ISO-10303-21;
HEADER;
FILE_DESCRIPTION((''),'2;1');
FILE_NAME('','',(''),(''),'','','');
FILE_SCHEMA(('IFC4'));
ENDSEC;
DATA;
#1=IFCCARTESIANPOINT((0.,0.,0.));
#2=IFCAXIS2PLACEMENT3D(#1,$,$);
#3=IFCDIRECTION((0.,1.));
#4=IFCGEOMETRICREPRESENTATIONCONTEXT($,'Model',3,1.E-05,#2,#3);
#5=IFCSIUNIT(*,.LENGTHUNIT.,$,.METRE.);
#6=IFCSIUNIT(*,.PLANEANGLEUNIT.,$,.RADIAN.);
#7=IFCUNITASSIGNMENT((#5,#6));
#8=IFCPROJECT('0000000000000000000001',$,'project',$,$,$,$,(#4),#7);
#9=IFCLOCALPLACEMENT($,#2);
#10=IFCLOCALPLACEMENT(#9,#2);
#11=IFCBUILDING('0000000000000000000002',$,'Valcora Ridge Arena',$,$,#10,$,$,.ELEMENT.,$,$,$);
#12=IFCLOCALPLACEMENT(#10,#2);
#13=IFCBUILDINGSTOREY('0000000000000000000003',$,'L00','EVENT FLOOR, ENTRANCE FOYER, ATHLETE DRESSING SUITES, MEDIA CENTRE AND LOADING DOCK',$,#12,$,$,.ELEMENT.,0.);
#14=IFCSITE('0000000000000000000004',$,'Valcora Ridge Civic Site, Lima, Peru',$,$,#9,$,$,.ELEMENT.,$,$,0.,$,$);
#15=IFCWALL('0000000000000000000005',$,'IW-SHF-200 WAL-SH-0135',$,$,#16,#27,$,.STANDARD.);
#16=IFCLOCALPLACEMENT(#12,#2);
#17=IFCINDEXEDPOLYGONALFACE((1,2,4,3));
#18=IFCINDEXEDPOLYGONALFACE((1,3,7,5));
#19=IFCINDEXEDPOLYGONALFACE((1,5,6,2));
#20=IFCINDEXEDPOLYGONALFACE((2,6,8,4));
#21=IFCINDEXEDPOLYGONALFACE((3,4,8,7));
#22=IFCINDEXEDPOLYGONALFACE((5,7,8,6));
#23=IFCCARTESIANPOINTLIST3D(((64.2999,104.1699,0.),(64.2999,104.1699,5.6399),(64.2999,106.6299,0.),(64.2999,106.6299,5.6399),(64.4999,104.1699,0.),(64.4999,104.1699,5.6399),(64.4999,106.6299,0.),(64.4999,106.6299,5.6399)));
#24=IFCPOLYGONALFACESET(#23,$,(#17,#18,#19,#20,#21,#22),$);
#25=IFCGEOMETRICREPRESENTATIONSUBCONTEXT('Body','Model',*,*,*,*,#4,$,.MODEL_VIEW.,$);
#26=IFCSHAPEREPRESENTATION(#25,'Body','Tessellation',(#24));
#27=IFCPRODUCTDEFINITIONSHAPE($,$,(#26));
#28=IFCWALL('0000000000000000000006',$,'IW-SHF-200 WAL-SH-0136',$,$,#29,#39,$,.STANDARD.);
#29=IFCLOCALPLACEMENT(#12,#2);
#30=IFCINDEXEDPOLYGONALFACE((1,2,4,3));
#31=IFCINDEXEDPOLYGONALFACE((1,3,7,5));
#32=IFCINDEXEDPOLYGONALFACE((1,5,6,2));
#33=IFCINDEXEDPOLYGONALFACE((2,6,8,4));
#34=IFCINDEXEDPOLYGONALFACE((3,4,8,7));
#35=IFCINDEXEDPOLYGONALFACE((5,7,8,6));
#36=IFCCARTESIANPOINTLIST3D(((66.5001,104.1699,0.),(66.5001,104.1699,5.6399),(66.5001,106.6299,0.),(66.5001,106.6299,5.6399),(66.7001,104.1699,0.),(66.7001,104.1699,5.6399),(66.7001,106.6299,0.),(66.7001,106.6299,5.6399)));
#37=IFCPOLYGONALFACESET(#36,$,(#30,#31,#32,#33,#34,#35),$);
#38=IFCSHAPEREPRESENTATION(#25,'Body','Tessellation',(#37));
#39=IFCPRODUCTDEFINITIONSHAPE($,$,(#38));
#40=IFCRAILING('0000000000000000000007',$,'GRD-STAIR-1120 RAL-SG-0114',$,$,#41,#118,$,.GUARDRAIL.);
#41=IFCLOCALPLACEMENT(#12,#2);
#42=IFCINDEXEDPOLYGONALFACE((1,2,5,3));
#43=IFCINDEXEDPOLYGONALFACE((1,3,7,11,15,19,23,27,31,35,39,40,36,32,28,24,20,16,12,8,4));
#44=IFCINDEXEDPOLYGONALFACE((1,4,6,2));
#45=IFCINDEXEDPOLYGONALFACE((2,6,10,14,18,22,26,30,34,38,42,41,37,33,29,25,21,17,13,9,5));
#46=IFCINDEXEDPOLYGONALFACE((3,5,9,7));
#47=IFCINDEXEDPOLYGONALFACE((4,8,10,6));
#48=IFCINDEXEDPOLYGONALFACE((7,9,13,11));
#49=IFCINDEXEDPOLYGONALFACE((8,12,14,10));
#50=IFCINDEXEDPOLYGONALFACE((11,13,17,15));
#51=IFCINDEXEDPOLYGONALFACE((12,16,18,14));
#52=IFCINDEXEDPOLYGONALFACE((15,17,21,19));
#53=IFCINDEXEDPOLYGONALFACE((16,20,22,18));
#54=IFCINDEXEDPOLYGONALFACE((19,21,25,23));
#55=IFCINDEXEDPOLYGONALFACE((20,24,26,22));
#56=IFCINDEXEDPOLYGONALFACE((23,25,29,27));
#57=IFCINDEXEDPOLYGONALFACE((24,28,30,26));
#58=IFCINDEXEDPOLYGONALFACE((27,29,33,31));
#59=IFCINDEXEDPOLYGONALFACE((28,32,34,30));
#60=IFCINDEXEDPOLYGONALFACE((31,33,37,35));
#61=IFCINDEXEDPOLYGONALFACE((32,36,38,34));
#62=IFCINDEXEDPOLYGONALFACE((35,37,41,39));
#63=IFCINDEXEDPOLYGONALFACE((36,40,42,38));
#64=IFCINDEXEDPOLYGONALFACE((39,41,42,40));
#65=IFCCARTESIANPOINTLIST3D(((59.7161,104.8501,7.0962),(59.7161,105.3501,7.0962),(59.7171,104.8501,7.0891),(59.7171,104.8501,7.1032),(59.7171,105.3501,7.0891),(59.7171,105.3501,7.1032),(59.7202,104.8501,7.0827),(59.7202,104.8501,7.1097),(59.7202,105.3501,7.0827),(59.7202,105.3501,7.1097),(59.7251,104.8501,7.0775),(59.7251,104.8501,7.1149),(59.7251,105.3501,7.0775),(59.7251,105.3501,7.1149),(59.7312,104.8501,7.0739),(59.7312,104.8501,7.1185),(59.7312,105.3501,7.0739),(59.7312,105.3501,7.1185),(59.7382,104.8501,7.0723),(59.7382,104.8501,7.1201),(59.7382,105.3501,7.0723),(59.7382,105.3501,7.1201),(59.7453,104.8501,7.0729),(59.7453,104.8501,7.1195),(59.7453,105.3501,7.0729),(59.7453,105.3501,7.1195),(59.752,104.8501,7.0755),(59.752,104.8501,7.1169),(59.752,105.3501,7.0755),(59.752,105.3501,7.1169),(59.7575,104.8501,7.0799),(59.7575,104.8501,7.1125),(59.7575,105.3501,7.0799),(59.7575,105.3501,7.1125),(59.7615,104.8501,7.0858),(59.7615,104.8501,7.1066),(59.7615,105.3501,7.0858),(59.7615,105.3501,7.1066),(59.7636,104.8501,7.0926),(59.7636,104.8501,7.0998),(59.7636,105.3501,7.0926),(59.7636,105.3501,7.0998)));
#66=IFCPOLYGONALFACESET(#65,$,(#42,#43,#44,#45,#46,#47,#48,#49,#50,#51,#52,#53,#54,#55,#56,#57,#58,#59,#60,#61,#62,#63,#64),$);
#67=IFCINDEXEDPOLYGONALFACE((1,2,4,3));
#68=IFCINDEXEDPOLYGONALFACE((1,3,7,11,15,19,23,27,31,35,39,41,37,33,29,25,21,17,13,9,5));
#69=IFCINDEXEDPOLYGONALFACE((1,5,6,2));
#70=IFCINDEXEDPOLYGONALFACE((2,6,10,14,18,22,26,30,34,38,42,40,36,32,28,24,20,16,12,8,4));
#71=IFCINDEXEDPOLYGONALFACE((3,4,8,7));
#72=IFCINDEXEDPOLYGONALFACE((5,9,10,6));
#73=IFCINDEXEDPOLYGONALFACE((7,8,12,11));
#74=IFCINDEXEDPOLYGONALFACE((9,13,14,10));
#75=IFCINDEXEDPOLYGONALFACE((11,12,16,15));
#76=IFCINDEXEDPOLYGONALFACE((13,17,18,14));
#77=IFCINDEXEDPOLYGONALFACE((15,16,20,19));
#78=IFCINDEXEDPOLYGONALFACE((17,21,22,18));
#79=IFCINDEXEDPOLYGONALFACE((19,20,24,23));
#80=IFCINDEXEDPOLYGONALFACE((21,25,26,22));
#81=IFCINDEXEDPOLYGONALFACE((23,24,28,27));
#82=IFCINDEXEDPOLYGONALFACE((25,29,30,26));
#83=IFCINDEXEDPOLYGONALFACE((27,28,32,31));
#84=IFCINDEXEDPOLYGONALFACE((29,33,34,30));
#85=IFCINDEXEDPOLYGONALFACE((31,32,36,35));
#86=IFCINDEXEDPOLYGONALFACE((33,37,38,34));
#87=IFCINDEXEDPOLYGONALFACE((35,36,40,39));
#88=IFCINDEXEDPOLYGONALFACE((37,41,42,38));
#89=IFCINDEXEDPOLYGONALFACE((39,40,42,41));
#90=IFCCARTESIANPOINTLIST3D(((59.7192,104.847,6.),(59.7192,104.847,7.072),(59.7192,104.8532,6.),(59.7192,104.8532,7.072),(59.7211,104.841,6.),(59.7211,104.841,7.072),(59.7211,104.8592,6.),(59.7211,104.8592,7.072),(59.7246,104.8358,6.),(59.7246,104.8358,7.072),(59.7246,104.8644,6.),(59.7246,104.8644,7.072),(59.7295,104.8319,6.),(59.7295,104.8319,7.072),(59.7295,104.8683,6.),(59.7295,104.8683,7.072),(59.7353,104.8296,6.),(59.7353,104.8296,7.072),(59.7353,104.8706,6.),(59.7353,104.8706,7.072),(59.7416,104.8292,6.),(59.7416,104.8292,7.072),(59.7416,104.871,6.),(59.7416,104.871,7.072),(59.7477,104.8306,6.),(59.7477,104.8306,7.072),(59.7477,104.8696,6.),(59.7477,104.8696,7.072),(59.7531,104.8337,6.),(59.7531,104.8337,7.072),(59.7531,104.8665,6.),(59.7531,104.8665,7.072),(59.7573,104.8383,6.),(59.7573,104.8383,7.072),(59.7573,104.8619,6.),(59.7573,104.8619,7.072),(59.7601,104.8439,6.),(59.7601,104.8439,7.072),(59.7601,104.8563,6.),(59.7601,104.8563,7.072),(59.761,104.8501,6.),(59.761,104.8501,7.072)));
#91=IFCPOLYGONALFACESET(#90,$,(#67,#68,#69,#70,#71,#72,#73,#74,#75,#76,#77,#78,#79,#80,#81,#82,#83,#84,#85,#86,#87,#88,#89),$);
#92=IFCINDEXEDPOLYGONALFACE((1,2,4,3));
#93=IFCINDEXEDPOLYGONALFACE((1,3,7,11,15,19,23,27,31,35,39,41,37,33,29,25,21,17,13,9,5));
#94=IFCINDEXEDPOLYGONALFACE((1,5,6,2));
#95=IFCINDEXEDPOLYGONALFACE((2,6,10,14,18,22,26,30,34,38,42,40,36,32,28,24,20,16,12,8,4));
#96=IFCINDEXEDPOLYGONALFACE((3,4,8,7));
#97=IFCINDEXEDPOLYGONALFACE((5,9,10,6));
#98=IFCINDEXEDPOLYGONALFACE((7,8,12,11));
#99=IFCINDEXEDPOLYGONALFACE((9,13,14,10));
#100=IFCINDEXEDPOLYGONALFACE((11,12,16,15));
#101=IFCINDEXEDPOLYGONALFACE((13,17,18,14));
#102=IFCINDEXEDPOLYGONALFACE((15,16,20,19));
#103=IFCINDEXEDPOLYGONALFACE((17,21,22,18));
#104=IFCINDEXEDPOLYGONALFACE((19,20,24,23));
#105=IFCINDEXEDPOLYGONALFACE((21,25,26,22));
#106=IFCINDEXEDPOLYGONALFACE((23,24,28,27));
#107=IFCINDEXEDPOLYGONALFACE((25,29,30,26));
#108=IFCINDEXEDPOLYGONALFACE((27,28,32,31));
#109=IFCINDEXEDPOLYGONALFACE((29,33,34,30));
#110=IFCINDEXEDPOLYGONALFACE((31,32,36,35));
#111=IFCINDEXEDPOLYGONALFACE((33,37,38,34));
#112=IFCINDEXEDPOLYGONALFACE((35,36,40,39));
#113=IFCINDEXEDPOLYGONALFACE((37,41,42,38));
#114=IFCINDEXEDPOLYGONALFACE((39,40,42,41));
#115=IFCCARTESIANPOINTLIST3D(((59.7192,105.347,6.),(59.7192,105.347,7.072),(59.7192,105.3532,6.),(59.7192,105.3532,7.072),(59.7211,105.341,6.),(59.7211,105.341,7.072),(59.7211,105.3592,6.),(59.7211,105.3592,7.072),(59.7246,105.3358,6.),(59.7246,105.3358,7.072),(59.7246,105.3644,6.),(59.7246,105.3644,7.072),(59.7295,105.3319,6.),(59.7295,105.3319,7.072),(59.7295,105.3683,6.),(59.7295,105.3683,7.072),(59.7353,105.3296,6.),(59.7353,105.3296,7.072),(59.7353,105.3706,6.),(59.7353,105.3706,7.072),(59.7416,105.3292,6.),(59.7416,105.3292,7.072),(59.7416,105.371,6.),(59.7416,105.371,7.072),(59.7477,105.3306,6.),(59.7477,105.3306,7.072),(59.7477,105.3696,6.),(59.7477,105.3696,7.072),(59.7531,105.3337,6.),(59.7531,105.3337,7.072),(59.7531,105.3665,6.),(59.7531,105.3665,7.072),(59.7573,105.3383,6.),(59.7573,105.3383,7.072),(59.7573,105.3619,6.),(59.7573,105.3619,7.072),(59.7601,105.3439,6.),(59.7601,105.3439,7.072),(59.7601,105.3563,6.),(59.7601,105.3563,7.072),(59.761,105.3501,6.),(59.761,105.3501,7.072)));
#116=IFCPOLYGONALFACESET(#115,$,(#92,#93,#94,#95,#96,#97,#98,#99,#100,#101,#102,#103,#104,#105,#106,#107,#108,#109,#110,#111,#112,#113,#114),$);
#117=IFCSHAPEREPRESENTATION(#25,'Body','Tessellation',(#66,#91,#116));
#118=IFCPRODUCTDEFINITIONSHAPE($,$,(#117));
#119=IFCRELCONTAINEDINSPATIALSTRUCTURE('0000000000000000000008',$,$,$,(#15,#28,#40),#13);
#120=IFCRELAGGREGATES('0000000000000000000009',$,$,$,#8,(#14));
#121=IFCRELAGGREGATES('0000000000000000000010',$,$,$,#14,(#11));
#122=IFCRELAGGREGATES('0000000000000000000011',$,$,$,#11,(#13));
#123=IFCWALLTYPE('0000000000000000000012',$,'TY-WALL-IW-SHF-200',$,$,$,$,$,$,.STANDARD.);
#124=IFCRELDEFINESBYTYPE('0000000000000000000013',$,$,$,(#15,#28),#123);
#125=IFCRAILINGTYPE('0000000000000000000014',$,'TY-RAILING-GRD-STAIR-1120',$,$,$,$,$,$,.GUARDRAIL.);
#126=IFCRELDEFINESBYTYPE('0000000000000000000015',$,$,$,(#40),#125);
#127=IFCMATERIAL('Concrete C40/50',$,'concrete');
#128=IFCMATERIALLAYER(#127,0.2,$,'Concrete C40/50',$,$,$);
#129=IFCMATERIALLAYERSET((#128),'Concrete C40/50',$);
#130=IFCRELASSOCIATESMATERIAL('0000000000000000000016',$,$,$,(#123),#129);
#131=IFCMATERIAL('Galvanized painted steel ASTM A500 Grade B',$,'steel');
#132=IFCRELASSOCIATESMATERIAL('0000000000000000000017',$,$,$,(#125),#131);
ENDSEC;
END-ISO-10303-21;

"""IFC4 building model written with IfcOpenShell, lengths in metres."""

from ifc_helpers import new_model, si_unit, direction, frame, frame_2d, origin, origin_2d, place, context, subcontext, project, spatial, rectangle, circle, extrude, material, layer, layer_set, type_object, element, save


model = new_model("IFC4")

# Units and contexts
model_context = context("Model", 3, precision=1e-05, world=origin(), true_north=direction((0.0, 1.0)))
body_context = subcontext(model_context, "Body", "Model", "MODEL_VIEW")
ifc_project = project(units=[si_unit("LENGTHUNIT", "METRE"), si_unit("PLANEANGLEUNIT", "RADIAN")], contexts=[model_context])

# Site, building, storey
site_placement = place(None, origin())
site = spatial("IfcSite", under=ifc_project, at=site_placement, Name="Valcora Ridge Civic Site, Lima, Peru", CompositionType="ELEMENT", RefElevation=0.0)
building_placement = place(site_placement, origin())
building = spatial("IfcBuilding", under=site, at=building_placement, Name="Valcora Ridge Arena", CompositionType="ELEMENT")
storey_placement = place(building_placement, origin())
storey = spatial("IfcBuildingStorey", under=building, at=storey_placement, Name="L00", Description="EVENT FLOOR, ENTRANCE FOYER, ATHLETE DRESSING SUITES, MEDIA CENTRE AND LOADING DOCK", CompositionType="ELEMENT", Elevation=0.0)

# Shared definitions
ifc_material_1 = material(Name="Concrete C40/50", Category="concrete")
ifc_layer_1 = layer(ifc_material_1, 0.2, Name="Concrete C40/50")
ifc_layer_set_1 = layer_set([ifc_layer_1], Name="Concrete C40/50")
wall_type = type_object("IfcWallType", Name="TY-WALL-IW-SHF-200", PredefinedType="STANDARD", material=ifc_layer_set_1)

# Walls
for number, where, z_axis, x_axis, name in (
    (1, (64.3999, 104.1699, 0.0), (0.0, 0.0, 1.0), (0.0, 1.0, 0.0), "IW-SHF-200 WAL-SH-0135"),
    (2, (66.6001, 104.1699, 0.0), (0.0, 0.0, 1.0), (0.0, 1.0, 0.0), "IW-SHF-200 WAL-SH-0136"),
):
    element("IfcWall", number, at=place(storey_placement, frame(where, z_axis=z_axis, x_axis=x_axis)), inside=storey, type_object=wall_type, Name=name, PredefinedType="STANDARD", context=body_context, shape_type="SweptSolid", body=[
        extrude(rectangle(XDim=2.46, YDim=0.2, at=frame_2d((1.23, 0.0))), origin(), (0.0, 0.0, 1.0), 5.6399),
    ])

# Railing
ifc_material_2 = material(Name="Galvanized painted steel ASTM A500 Grade B", Category="steel")
railing_type_1 = type_object("IfcRailingType", Name="TY-RAILING-GRD-STAIR-1120", PredefinedType="GUARDRAIL", material=ifc_material_2)
railing_1_placement = place(storey_placement, frame((59.74, 104.8501, 6.0)))
element("IfcRailing", 3, at=railing_1_placement, inside=storey, type_object=railing_type_1, Name="GRD-STAIR-1120 RAL-SG-0114", PredefinedType="GUARDRAIL", context=body_context, shape_type="SweptSolid", body=[
    extrude(circle(Radius=0.0239, at=origin_2d()), frame((0.0, 0.0, 1.0962), z_axis=(0.0, 1.0, 0.0), x_axis=(-1.0, 0.0, 0.0)), (0.0, 0.0, 1.0), 0.5),
    extrude(circle(Radius=0.021, at=origin_2d()), origin(), (0.0, 0.0, 1.0), 1.072),
    extrude(circle(Radius=0.021, at=origin_2d()), frame((0.0, 0.5, 0.0)), (0.0, 0.0, 1.0), 1.072),
])

save(model, "model.ifc")
